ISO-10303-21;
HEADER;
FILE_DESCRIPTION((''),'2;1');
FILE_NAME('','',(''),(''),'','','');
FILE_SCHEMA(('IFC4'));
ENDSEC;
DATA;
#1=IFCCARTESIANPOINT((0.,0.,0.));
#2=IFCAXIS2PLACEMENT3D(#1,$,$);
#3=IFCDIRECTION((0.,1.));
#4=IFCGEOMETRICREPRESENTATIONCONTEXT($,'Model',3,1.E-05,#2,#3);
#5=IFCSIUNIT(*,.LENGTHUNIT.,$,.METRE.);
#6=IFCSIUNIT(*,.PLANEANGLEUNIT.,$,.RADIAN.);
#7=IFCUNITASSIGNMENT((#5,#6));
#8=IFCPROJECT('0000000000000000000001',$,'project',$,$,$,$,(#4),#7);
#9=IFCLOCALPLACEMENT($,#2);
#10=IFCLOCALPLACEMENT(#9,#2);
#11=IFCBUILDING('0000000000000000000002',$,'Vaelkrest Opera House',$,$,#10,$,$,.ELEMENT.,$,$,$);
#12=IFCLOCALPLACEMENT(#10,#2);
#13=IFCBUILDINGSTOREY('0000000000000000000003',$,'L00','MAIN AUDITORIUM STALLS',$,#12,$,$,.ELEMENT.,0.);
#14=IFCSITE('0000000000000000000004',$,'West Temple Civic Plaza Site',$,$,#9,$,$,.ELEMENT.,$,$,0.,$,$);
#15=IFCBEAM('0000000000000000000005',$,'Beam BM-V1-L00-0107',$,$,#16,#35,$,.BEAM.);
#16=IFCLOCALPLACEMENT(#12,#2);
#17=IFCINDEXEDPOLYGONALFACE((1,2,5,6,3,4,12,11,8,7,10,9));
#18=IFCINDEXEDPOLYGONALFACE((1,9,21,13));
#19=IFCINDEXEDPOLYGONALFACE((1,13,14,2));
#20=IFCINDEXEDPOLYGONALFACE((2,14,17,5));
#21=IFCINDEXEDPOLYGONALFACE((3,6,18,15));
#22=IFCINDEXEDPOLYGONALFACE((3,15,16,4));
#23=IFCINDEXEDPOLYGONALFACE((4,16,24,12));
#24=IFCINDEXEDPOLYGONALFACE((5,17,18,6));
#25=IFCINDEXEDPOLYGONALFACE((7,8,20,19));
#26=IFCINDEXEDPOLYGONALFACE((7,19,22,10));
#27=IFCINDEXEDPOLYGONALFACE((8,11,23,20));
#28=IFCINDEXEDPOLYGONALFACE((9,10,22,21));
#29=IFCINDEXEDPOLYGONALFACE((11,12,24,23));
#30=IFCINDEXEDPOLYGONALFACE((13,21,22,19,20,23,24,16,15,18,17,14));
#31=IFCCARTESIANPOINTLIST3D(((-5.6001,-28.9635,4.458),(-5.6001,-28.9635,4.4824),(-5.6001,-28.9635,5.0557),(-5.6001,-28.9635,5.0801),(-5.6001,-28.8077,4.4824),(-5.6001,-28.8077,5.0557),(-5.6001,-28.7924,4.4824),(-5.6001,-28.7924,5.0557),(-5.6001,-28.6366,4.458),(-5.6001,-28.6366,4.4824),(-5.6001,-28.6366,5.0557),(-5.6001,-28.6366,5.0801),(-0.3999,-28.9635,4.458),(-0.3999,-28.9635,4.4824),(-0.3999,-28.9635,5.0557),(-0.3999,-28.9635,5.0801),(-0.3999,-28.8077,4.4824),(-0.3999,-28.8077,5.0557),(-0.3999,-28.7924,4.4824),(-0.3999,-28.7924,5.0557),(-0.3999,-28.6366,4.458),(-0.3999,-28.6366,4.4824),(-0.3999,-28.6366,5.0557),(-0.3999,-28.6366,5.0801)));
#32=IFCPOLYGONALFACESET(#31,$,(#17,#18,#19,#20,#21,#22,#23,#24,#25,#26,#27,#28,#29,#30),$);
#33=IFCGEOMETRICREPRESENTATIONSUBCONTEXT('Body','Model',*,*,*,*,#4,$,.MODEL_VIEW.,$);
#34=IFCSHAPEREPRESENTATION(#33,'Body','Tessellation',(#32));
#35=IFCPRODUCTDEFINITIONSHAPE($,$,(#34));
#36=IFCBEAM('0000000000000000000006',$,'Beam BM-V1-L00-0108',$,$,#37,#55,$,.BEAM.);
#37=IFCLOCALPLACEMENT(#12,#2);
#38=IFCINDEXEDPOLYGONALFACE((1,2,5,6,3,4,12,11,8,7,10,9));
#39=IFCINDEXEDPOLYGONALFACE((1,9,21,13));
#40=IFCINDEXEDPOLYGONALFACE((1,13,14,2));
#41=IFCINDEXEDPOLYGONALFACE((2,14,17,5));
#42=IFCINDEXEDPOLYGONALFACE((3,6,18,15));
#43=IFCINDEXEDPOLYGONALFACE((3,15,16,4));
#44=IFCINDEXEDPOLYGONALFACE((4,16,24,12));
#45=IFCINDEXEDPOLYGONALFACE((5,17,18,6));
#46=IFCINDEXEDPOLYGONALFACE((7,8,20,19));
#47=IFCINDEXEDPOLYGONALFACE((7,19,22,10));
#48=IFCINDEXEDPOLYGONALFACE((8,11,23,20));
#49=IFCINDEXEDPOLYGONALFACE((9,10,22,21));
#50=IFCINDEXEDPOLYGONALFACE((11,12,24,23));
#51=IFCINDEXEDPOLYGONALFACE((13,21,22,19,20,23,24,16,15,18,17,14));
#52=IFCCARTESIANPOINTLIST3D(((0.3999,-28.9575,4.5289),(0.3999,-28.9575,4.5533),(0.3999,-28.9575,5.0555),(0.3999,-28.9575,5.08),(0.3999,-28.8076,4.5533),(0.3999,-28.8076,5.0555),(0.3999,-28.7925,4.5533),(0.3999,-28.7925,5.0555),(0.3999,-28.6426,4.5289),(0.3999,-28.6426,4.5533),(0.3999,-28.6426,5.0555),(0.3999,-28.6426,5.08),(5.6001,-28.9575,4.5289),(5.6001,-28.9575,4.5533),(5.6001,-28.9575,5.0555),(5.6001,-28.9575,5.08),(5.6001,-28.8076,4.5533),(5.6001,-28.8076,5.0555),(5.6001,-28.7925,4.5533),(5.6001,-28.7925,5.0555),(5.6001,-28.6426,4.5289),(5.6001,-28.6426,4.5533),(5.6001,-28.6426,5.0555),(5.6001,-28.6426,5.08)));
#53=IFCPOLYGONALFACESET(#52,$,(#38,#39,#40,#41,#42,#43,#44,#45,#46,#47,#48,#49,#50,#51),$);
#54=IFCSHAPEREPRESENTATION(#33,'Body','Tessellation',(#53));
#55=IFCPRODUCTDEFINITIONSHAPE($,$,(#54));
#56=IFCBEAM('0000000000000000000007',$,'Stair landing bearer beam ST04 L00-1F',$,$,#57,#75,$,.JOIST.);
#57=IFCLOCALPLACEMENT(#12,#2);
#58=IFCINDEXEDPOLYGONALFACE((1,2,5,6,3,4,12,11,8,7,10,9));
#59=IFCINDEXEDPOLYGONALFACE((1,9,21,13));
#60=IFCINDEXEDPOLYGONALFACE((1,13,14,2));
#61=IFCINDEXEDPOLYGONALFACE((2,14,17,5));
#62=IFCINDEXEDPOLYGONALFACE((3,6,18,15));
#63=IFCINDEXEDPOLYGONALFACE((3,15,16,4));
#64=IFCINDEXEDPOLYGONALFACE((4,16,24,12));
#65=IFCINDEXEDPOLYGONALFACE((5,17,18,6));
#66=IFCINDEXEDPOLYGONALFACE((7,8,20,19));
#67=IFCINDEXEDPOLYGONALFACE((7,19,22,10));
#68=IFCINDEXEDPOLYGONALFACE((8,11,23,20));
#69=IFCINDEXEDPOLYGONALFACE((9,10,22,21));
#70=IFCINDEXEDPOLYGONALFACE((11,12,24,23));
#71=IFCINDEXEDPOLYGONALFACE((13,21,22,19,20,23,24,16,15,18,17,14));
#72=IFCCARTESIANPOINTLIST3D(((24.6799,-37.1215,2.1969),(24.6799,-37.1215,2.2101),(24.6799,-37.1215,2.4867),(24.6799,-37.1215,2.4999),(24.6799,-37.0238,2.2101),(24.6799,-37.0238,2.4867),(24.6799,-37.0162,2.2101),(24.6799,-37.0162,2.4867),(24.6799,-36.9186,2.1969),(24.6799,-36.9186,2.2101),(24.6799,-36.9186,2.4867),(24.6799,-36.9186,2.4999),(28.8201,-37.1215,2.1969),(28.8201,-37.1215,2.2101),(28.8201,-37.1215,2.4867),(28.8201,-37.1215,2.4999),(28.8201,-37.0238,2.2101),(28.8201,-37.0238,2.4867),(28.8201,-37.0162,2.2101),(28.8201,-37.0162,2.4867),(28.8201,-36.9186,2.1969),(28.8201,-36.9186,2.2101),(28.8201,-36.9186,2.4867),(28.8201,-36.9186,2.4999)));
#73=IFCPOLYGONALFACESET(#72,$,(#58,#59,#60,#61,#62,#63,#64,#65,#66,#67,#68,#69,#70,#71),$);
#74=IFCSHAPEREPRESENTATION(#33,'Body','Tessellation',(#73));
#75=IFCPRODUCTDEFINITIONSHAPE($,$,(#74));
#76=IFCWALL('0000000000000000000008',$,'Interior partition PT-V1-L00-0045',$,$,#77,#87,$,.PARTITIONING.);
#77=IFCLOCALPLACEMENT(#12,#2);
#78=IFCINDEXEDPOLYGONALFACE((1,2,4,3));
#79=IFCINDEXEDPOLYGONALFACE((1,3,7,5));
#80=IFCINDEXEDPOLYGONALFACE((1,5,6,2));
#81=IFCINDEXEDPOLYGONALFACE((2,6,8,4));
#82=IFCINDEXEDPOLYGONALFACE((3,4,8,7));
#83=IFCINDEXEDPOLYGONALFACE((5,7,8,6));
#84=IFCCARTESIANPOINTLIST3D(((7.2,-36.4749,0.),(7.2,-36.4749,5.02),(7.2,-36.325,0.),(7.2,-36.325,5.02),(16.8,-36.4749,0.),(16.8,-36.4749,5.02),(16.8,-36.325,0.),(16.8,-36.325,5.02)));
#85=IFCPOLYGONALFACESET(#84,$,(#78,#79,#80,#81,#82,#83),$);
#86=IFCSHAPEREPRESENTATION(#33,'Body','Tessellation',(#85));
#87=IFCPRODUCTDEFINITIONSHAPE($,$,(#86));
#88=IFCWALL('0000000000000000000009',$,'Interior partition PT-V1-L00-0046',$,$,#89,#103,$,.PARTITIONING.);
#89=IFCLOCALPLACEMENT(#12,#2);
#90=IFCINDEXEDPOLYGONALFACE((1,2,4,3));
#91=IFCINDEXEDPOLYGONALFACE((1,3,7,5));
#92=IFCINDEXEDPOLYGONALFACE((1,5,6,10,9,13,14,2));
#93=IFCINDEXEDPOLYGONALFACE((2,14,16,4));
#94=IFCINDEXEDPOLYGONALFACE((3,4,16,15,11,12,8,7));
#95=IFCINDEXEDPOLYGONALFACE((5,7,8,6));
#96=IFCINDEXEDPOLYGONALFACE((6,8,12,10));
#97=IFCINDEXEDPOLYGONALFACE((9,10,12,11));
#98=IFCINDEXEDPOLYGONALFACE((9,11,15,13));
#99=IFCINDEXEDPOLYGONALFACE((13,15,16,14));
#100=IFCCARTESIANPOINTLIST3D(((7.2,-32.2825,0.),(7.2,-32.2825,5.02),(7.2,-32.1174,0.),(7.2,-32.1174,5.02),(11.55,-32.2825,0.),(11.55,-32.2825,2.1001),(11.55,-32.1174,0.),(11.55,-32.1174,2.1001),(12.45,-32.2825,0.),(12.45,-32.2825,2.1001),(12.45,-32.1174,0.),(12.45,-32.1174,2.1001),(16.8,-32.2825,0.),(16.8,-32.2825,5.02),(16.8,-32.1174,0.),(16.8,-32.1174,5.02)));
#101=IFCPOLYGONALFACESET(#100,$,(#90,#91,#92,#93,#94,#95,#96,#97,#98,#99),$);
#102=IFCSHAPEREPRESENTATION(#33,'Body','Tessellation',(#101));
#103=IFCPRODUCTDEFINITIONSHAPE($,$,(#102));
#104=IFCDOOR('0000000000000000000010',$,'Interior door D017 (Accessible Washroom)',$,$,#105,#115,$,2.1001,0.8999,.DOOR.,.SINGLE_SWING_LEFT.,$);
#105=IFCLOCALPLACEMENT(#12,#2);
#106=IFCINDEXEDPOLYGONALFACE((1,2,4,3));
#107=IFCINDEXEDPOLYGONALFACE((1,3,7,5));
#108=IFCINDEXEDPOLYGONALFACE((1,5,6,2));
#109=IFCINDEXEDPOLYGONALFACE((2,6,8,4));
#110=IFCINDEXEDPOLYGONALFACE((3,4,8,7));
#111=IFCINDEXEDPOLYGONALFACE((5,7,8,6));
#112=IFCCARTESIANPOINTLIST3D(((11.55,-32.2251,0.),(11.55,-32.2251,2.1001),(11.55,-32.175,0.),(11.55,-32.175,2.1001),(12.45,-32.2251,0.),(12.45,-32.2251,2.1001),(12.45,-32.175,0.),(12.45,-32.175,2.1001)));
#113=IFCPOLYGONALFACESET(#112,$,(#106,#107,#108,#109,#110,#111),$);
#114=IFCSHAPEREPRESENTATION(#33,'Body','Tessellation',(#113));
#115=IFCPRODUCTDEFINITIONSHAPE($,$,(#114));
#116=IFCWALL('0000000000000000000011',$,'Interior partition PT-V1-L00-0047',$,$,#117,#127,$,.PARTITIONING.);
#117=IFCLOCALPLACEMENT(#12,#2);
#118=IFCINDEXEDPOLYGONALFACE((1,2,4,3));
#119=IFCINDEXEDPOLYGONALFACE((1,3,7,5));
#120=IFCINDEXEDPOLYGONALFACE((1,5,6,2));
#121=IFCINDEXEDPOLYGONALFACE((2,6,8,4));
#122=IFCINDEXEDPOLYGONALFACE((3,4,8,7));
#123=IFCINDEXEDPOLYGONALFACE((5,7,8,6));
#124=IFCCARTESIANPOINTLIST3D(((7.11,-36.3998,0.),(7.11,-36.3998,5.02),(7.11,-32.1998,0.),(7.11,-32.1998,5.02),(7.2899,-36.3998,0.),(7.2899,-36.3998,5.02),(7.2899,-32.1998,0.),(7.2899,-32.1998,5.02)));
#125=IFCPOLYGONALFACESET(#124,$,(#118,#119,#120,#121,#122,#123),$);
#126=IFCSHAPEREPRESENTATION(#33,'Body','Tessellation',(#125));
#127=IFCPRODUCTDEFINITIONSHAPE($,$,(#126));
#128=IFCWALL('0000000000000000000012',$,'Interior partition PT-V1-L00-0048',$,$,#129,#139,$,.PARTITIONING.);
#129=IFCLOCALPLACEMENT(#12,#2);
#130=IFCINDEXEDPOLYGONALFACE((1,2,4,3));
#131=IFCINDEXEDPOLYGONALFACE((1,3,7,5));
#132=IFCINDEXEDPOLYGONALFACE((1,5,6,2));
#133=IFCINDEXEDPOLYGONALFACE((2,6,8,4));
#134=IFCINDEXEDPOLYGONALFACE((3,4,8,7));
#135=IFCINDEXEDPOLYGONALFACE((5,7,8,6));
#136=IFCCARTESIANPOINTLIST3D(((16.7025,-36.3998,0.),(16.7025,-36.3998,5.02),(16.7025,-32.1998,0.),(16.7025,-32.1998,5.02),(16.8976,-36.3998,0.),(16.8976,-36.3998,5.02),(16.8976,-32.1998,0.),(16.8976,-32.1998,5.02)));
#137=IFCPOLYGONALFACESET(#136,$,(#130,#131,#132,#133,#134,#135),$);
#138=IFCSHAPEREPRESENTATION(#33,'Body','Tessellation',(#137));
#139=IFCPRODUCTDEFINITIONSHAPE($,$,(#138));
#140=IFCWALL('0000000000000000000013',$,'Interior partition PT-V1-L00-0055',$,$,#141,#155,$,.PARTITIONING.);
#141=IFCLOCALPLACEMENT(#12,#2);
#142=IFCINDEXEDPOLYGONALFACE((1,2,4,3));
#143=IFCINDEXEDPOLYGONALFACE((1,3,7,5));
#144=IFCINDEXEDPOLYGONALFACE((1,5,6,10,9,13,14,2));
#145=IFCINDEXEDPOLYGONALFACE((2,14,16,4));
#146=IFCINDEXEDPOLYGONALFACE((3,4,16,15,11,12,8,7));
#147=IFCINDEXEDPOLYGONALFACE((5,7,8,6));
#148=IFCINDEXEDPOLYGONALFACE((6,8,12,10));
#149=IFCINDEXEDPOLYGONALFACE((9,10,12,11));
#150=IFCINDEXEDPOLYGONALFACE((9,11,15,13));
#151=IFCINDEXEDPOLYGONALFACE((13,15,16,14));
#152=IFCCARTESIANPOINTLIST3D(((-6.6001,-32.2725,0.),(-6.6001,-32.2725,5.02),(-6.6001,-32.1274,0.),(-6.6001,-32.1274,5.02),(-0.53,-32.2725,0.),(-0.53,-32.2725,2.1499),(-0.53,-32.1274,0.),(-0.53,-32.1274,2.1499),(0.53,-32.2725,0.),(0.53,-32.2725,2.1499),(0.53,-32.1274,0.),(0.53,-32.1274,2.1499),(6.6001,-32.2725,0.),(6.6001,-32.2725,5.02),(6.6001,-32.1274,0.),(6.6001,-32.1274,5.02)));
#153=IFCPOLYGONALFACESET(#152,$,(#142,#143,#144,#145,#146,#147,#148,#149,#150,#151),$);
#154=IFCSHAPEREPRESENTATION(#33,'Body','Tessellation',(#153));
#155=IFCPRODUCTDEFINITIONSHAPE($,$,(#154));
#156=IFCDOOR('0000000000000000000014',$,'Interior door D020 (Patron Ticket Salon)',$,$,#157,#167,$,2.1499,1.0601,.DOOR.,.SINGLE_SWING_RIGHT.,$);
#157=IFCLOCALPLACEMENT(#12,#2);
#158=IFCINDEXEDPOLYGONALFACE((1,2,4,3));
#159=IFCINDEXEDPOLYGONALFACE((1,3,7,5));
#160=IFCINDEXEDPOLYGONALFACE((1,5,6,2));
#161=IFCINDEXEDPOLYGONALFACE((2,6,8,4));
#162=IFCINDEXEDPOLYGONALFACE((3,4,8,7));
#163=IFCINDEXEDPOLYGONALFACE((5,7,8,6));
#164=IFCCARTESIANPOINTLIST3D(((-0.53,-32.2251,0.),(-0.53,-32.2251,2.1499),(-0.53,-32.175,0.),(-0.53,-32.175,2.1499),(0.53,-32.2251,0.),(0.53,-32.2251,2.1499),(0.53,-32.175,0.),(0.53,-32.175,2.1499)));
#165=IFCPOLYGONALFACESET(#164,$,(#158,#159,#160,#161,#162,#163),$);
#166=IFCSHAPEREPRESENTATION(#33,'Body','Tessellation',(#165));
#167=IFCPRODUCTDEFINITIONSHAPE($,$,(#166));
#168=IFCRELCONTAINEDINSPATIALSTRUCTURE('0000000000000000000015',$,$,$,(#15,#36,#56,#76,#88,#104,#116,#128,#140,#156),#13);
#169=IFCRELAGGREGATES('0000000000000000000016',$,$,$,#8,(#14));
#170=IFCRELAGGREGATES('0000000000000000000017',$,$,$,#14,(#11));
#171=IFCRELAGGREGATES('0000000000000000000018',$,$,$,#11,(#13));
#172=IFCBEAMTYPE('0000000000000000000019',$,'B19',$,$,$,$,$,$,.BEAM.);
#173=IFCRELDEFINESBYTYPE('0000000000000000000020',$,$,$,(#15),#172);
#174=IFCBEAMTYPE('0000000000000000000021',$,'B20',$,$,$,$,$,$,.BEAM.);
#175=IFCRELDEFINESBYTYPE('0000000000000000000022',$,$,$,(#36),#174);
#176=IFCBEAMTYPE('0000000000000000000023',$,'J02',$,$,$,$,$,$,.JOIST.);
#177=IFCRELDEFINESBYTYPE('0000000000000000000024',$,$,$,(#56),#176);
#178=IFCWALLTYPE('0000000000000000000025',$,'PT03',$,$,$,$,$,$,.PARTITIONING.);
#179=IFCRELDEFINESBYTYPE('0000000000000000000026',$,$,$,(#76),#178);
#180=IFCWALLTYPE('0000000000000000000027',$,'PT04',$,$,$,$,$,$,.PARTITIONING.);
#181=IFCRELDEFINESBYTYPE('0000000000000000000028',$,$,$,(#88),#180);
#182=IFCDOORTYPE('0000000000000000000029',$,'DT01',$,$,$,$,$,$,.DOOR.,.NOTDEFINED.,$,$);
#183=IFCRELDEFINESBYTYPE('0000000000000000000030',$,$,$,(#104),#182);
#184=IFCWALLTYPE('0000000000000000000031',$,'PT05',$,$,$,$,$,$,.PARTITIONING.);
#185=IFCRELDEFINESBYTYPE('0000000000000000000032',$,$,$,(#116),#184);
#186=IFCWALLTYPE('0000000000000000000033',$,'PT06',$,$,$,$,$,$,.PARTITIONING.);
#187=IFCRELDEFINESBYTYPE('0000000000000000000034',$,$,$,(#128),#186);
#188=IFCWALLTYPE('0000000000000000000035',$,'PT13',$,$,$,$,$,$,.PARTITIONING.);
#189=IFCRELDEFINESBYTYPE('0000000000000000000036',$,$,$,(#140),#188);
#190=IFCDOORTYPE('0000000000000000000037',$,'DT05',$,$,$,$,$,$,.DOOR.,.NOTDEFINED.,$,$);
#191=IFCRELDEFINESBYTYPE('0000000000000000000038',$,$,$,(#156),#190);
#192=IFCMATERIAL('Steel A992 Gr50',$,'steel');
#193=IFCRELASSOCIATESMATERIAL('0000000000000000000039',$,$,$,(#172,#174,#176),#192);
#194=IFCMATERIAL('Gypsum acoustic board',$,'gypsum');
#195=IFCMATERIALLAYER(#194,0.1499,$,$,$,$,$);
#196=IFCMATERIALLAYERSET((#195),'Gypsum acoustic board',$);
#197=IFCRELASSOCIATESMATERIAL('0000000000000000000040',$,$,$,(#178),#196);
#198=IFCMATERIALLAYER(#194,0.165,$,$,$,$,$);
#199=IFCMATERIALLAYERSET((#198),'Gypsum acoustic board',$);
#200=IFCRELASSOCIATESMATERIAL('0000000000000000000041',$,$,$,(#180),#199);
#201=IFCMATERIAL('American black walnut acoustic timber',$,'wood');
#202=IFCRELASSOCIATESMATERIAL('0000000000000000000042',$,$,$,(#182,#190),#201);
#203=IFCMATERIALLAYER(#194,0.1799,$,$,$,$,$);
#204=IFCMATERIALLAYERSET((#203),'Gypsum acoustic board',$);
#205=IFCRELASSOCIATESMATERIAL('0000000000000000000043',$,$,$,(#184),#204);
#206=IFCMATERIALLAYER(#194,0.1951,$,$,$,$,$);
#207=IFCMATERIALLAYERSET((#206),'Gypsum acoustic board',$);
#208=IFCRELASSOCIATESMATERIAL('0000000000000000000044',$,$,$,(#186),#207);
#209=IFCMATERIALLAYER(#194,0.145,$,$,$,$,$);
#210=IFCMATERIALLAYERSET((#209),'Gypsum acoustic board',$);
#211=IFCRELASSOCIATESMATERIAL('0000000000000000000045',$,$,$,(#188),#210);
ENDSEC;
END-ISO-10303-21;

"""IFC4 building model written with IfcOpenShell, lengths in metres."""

from ifc_helpers import new_model, si_unit, direction, frame, frame_2d, origin, origin_2d, place, context, subcontext, project, spatial, rectangle, i_section, extrude, material, layer, layer_set, material_profile, profile_set, type_object, element, fill, save


model = new_model("IFC4")

# Units and contexts
model_context = context("Model", 3, precision=1e-05, world=origin(), true_north=direction((0.0, 1.0)))
body_context = subcontext(model_context, "Body", "Model", "MODEL_VIEW")
ifc_project = project(units=[si_unit("LENGTHUNIT", "METRE"), si_unit("PLANEANGLEUNIT", "RADIAN")], contexts=[model_context])

# Site, building, storey
site_placement = place(None, origin())
site = spatial("IfcSite", under=ifc_project, at=site_placement, Name="West Temple Civic Plaza Site", CompositionType="ELEMENT", RefElevation=0.0)
building_placement = place(site_placement, origin())
building = spatial("IfcBuilding", under=site, at=building_placement, Name="Vaelkrest Opera House", CompositionType="ELEMENT")
storey_placement = place(building_placement, origin())
storey = spatial("IfcBuildingStorey", under=building, at=storey_placement, Name="L00", Description="MAIN AUDITORIUM STALLS", CompositionType="ELEMENT", Elevation=0.0)

# Beams
ifc_material_1 = material(Name="Steel A992 Gr50", Category="steel")
ifc_material_profile_1 = material_profile(ifc_material_1, i_section(OverallWidth=0.3269, OverallDepth=0.6221, WebThickness=0.0154, FlangeThickness=0.0244, at=origin_2d()), Name="W24X131")
ifc_profile_set_1 = profile_set([ifc_material_profile_1], Name="Steel A992 Gr50")
beam_type_1 = type_object("IfcBeamType", Name="B19", PredefinedType="BEAM", material=ifc_profile_set_1)
beam_1_placement = place(storey_placement, frame((-5.6001, -28.8, 4.769), z_axis=(1.0, 0.0, 0.0), x_axis=(0.0, 1.0, 0.0)))
element("IfcBeam", 1, at=beam_1_placement, inside=storey, type_object=beam_type_1, Name="Beam BM-V1-L00-0107", PredefinedType="BEAM", context=body_context, shape_type="SweptSolid", body=[
    extrude(i_section(OverallWidth=0.3269, OverallDepth=0.6221, WebThickness=0.0154, FlangeThickness=0.0244, at=origin_2d()), origin(), (0.0, 0.0, 1.0), 5.2002),
])
ifc_material_profile_2 = material_profile(ifc_material_1, i_section(OverallWidth=0.3149, OverallDepth=0.551, WebThickness=0.0151, FlangeThickness=0.0244, at=origin_2d()), Name="W21X122")
ifc_profile_set_2 = profile_set([ifc_material_profile_2], Name="Steel A992 Gr50")
beam_type_2 = type_object("IfcBeamType", Name="B20", PredefinedType="BEAM", material=ifc_profile_set_2)
beam_2_placement = place(storey_placement, frame((0.3999, -28.8, 4.8044), z_axis=(1.0, 0.0, 0.0), x_axis=(0.0, 1.0, 0.0)))
element("IfcBeam", 2, at=beam_2_placement, inside=storey, type_object=beam_type_2, Name="Beam BM-V1-L00-0108", PredefinedType="BEAM", context=body_context, shape_type="SweptSolid", body=[
    extrude(i_section(OverallWidth=0.3149, OverallDepth=0.551, WebThickness=0.0151, FlangeThickness=0.0244, at=origin_2d()), origin(), (0.0, 0.0, 1.0), 5.2002),
])
ifc_material_profile_3 = material_profile(ifc_material_1, i_section(OverallWidth=0.2029, OverallDepth=0.303, WebThickness=0.0076, FlangeThickness=0.0132, at=origin_2d()), Name="W12X40")
ifc_profile_set_3 = profile_set([ifc_material_profile_3], Name="Steel A992 Gr50")
beam_type_3 = type_object("IfcBeamType", Name="J02", PredefinedType="JOIST", material=ifc_profile_set_3)
beam_3_placement = place(storey_placement, frame((24.6799, -37.02, 2.3484), z_axis=(1.0, 0.0, 0.0), x_axis=(0.0, 1.0, 0.0)))
element("IfcBeam", 3, at=beam_3_placement, inside=storey, type_object=beam_type_3, Name="Stair landing bearer beam ST04 L00-1F", PredefinedType="JOIST", context=body_context, shape_type="SweptSolid", body=[
    extrude(i_section(OverallWidth=0.2029, OverallDepth=0.303, WebThickness=0.0076, FlangeThickness=0.0132, at=origin_2d()), origin(), (0.0, 0.0, 1.0), 4.1401),
])

# Wall
ifc_material_2 = material(Name="Gypsum acoustic board", Category="gypsum")
ifc_layer_1 = layer(ifc_material_2, 0.1499)
ifc_layer_set_1 = layer_set([ifc_layer_1], Name="Gypsum acoustic board")
wall_type_1 = type_object("IfcWallType", Name="PT03", PredefinedType="PARTITIONING", material=ifc_layer_set_1)
wall_1_placement = place(storey_placement, frame((7.2, -36.3999, 0.0), z_axis=(0.0, 0.0, 1.0), x_axis=(1.0, 0.0, 0.0)))
element("IfcWall", 4, at=wall_1_placement, inside=storey, type_object=wall_type_1, Name="Interior partition PT-V1-L00-0045", PredefinedType="PARTITIONING", context=body_context, shape_type="SweptSolid", body=[
    extrude(rectangle(XDim=9.6001, YDim=0.1499, at=frame_2d((4.8, 0.0))), origin(), (0.0, 0.0, 1.0), 5.02),
])

# Wall, opening, door
ifc_layer_2 = layer(ifc_material_2, 0.165)
ifc_layer_set_2 = layer_set([ifc_layer_2], Name="Gypsum acoustic board")
wall_type_2 = type_object("IfcWallType", Name="PT04", PredefinedType="PARTITIONING", material=ifc_layer_set_2)
wall_2_placement = place(storey_placement, frame((7.2, -32.2, 0.0), z_axis=(0.0, 0.0, 1.0), x_axis=(1.0, 0.0, 0.0)))
wall_2 = element("IfcWall", 5, at=wall_2_placement, inside=storey, type_object=wall_type_2, Name="Interior partition PT-V1-L00-0046", PredefinedType="PARTITIONING", context=body_context, shape_type="SweptSolid", body=[
    extrude(rectangle(XDim=9.6001, YDim=0.165, at=frame_2d((4.8, 0.0))), origin(), (0.0, 0.0, 1.0), 5.02),
])
opening_1_placement = place(wall_2_placement, frame((4.3501, 0.0, 0.0)))
opening_1 = element("IfcOpeningElement", 6, at=opening_1_placement, cuts=wall_2, PredefinedType="OPENING", context=body_context, shape_type="SweptSolid", body=[
    extrude(rectangle(XDim=0.8999, YDim=2.1001, at=frame_2d((0.45, 1.05))), frame((0.0, 0.0925, 0.0), z_axis=(0.0, -1.0, 0.0), x_axis=(1.0, 0.0, 0.0)), (0.0, 0.0, 1.0), 0.1851),
])
ifc_material_3 = material(Name="American black walnut acoustic timber", Category="wood")
door_type_1 = type_object("IfcDoorType", Name="DT01", OperationType="NOTDEFINED", PredefinedType="DOOR", material=ifc_material_3)
door_1_placement = place(opening_1_placement, origin())
door_1 = element("IfcDoor", 7, at=door_1_placement, inside=storey, type_object=door_type_1, Name="Interior door D017 (Accessible Washroom)", OperationType="SINGLE_SWING_LEFT", OverallHeight=2.1001, OverallWidth=0.8999, PredefinedType="DOOR", context=body_context, shape_type="SweptSolid", body=[
    extrude(rectangle(XDim=0.8999, YDim=2.1001, at=frame_2d((0.45, 1.05))), frame((0.0, 0.0249, 0.0), z_axis=(0.0, -1.0, 0.0), x_axis=(1.0, 0.0, 0.0)), (0.0, 0.0, 1.0), 0.05),
])
fill(opening_1, door_1)

# Walls
ifc_layer_3 = layer(ifc_material_2, 0.1799)
ifc_layer_set_3 = layer_set([ifc_layer_3], Name="Gypsum acoustic board")
wall_type_3 = type_object("IfcWallType", Name="PT05", PredefinedType="PARTITIONING", material=ifc_layer_set_3)
wall_3_placement = place(storey_placement, frame((7.2, -36.3999, 0.0), z_axis=(0.0, 0.0, 1.0), x_axis=(0.0, 1.0, 0.0)))
element("IfcWall", 8, at=wall_3_placement, inside=storey, type_object=wall_type_3, Name="Interior partition PT-V1-L00-0047", PredefinedType="PARTITIONING", context=body_context, shape_type="SweptSolid", body=[
    extrude(rectangle(XDim=4.2, YDim=0.1799, at=frame_2d((2.1001, 0.0))), origin(), (0.0, 0.0, 1.0), 5.02),
])
ifc_layer_4 = layer(ifc_material_2, 0.1951)
ifc_layer_set_4 = layer_set([ifc_layer_4], Name="Gypsum acoustic board")
wall_type_4 = type_object("IfcWallType", Name="PT06", PredefinedType="PARTITIONING", material=ifc_layer_set_4)
wall_4_placement = place(storey_placement, frame((16.8, -36.3999, 0.0), z_axis=(0.0, 0.0, 1.0), x_axis=(0.0, 1.0, 0.0)))
element("IfcWall", 9, at=wall_4_placement, inside=storey, type_object=wall_type_4, Name="Interior partition PT-V1-L00-0048", PredefinedType="PARTITIONING", context=body_context, shape_type="SweptSolid", body=[
    extrude(rectangle(XDim=4.2, YDim=0.1951, at=frame_2d((2.1001, 0.0))), origin(), (0.0, 0.0, 1.0), 5.02),
])

# Wall, opening, door
ifc_layer_5 = layer(ifc_material_2, 0.145)
ifc_layer_set_5 = layer_set([ifc_layer_5], Name="Gypsum acoustic board")
wall_type_5 = type_object("IfcWallType", Name="PT13", PredefinedType="PARTITIONING", material=ifc_layer_set_5)
wall_5_placement = place(storey_placement, frame((-6.6001, -32.2, 0.0), z_axis=(0.0, 0.0, 1.0), x_axis=(1.0, 0.0, 0.0)))
wall_5 = element("IfcWall", 10, at=wall_5_placement, inside=storey, type_object=wall_type_5, Name="Interior partition PT-V1-L00-0055", PredefinedType="PARTITIONING", context=body_context, shape_type="SweptSolid", body=[
    extrude(rectangle(XDim=13.2002, YDim=0.145, at=frame_2d((6.6001, 0.0))), origin(), (0.0, 0.0, 1.0), 5.02),
])
opening_2_placement = place(wall_5_placement, frame((6.0701, 0.0, 0.0)))
opening_2 = element("IfcOpeningElement", 11, at=opening_2_placement, cuts=wall_5, PredefinedType="OPENING", context=body_context, shape_type="SweptSolid", body=[
    extrude(rectangle(XDim=1.0601, YDim=2.1499, at=frame_2d((0.53, 1.075))), frame((0.0, 0.0825, 0.0), z_axis=(0.0, -1.0, 0.0), x_axis=(1.0, 0.0, 0.0)), (0.0, 0.0, 1.0), 0.165),
])
door_type_2 = type_object("IfcDoorType", Name="DT05", OperationType="NOTDEFINED", PredefinedType="DOOR", material=ifc_material_3)
door_2_placement = place(opening_2_placement, origin())
door_2 = element("IfcDoor", 12, at=door_2_placement, inside=storey, type_object=door_type_2, Name="Interior door D020 (Patron Ticket Salon)", OperationType="SINGLE_SWING_RIGHT", OverallHeight=2.1499, OverallWidth=1.0601, PredefinedType="DOOR", context=body_context, shape_type="SweptSolid", body=[
    extrude(rectangle(XDim=1.0601, YDim=2.1499, at=frame_2d((0.53, 1.075))), frame((0.0, 0.0249, 0.0), z_axis=(0.0, -1.0, 0.0), x_axis=(1.0, 0.0, 0.0)), (0.0, 0.0, 1.0), 0.05),
])
fill(opening_2, door_2)

save(model, "model.ifc")
